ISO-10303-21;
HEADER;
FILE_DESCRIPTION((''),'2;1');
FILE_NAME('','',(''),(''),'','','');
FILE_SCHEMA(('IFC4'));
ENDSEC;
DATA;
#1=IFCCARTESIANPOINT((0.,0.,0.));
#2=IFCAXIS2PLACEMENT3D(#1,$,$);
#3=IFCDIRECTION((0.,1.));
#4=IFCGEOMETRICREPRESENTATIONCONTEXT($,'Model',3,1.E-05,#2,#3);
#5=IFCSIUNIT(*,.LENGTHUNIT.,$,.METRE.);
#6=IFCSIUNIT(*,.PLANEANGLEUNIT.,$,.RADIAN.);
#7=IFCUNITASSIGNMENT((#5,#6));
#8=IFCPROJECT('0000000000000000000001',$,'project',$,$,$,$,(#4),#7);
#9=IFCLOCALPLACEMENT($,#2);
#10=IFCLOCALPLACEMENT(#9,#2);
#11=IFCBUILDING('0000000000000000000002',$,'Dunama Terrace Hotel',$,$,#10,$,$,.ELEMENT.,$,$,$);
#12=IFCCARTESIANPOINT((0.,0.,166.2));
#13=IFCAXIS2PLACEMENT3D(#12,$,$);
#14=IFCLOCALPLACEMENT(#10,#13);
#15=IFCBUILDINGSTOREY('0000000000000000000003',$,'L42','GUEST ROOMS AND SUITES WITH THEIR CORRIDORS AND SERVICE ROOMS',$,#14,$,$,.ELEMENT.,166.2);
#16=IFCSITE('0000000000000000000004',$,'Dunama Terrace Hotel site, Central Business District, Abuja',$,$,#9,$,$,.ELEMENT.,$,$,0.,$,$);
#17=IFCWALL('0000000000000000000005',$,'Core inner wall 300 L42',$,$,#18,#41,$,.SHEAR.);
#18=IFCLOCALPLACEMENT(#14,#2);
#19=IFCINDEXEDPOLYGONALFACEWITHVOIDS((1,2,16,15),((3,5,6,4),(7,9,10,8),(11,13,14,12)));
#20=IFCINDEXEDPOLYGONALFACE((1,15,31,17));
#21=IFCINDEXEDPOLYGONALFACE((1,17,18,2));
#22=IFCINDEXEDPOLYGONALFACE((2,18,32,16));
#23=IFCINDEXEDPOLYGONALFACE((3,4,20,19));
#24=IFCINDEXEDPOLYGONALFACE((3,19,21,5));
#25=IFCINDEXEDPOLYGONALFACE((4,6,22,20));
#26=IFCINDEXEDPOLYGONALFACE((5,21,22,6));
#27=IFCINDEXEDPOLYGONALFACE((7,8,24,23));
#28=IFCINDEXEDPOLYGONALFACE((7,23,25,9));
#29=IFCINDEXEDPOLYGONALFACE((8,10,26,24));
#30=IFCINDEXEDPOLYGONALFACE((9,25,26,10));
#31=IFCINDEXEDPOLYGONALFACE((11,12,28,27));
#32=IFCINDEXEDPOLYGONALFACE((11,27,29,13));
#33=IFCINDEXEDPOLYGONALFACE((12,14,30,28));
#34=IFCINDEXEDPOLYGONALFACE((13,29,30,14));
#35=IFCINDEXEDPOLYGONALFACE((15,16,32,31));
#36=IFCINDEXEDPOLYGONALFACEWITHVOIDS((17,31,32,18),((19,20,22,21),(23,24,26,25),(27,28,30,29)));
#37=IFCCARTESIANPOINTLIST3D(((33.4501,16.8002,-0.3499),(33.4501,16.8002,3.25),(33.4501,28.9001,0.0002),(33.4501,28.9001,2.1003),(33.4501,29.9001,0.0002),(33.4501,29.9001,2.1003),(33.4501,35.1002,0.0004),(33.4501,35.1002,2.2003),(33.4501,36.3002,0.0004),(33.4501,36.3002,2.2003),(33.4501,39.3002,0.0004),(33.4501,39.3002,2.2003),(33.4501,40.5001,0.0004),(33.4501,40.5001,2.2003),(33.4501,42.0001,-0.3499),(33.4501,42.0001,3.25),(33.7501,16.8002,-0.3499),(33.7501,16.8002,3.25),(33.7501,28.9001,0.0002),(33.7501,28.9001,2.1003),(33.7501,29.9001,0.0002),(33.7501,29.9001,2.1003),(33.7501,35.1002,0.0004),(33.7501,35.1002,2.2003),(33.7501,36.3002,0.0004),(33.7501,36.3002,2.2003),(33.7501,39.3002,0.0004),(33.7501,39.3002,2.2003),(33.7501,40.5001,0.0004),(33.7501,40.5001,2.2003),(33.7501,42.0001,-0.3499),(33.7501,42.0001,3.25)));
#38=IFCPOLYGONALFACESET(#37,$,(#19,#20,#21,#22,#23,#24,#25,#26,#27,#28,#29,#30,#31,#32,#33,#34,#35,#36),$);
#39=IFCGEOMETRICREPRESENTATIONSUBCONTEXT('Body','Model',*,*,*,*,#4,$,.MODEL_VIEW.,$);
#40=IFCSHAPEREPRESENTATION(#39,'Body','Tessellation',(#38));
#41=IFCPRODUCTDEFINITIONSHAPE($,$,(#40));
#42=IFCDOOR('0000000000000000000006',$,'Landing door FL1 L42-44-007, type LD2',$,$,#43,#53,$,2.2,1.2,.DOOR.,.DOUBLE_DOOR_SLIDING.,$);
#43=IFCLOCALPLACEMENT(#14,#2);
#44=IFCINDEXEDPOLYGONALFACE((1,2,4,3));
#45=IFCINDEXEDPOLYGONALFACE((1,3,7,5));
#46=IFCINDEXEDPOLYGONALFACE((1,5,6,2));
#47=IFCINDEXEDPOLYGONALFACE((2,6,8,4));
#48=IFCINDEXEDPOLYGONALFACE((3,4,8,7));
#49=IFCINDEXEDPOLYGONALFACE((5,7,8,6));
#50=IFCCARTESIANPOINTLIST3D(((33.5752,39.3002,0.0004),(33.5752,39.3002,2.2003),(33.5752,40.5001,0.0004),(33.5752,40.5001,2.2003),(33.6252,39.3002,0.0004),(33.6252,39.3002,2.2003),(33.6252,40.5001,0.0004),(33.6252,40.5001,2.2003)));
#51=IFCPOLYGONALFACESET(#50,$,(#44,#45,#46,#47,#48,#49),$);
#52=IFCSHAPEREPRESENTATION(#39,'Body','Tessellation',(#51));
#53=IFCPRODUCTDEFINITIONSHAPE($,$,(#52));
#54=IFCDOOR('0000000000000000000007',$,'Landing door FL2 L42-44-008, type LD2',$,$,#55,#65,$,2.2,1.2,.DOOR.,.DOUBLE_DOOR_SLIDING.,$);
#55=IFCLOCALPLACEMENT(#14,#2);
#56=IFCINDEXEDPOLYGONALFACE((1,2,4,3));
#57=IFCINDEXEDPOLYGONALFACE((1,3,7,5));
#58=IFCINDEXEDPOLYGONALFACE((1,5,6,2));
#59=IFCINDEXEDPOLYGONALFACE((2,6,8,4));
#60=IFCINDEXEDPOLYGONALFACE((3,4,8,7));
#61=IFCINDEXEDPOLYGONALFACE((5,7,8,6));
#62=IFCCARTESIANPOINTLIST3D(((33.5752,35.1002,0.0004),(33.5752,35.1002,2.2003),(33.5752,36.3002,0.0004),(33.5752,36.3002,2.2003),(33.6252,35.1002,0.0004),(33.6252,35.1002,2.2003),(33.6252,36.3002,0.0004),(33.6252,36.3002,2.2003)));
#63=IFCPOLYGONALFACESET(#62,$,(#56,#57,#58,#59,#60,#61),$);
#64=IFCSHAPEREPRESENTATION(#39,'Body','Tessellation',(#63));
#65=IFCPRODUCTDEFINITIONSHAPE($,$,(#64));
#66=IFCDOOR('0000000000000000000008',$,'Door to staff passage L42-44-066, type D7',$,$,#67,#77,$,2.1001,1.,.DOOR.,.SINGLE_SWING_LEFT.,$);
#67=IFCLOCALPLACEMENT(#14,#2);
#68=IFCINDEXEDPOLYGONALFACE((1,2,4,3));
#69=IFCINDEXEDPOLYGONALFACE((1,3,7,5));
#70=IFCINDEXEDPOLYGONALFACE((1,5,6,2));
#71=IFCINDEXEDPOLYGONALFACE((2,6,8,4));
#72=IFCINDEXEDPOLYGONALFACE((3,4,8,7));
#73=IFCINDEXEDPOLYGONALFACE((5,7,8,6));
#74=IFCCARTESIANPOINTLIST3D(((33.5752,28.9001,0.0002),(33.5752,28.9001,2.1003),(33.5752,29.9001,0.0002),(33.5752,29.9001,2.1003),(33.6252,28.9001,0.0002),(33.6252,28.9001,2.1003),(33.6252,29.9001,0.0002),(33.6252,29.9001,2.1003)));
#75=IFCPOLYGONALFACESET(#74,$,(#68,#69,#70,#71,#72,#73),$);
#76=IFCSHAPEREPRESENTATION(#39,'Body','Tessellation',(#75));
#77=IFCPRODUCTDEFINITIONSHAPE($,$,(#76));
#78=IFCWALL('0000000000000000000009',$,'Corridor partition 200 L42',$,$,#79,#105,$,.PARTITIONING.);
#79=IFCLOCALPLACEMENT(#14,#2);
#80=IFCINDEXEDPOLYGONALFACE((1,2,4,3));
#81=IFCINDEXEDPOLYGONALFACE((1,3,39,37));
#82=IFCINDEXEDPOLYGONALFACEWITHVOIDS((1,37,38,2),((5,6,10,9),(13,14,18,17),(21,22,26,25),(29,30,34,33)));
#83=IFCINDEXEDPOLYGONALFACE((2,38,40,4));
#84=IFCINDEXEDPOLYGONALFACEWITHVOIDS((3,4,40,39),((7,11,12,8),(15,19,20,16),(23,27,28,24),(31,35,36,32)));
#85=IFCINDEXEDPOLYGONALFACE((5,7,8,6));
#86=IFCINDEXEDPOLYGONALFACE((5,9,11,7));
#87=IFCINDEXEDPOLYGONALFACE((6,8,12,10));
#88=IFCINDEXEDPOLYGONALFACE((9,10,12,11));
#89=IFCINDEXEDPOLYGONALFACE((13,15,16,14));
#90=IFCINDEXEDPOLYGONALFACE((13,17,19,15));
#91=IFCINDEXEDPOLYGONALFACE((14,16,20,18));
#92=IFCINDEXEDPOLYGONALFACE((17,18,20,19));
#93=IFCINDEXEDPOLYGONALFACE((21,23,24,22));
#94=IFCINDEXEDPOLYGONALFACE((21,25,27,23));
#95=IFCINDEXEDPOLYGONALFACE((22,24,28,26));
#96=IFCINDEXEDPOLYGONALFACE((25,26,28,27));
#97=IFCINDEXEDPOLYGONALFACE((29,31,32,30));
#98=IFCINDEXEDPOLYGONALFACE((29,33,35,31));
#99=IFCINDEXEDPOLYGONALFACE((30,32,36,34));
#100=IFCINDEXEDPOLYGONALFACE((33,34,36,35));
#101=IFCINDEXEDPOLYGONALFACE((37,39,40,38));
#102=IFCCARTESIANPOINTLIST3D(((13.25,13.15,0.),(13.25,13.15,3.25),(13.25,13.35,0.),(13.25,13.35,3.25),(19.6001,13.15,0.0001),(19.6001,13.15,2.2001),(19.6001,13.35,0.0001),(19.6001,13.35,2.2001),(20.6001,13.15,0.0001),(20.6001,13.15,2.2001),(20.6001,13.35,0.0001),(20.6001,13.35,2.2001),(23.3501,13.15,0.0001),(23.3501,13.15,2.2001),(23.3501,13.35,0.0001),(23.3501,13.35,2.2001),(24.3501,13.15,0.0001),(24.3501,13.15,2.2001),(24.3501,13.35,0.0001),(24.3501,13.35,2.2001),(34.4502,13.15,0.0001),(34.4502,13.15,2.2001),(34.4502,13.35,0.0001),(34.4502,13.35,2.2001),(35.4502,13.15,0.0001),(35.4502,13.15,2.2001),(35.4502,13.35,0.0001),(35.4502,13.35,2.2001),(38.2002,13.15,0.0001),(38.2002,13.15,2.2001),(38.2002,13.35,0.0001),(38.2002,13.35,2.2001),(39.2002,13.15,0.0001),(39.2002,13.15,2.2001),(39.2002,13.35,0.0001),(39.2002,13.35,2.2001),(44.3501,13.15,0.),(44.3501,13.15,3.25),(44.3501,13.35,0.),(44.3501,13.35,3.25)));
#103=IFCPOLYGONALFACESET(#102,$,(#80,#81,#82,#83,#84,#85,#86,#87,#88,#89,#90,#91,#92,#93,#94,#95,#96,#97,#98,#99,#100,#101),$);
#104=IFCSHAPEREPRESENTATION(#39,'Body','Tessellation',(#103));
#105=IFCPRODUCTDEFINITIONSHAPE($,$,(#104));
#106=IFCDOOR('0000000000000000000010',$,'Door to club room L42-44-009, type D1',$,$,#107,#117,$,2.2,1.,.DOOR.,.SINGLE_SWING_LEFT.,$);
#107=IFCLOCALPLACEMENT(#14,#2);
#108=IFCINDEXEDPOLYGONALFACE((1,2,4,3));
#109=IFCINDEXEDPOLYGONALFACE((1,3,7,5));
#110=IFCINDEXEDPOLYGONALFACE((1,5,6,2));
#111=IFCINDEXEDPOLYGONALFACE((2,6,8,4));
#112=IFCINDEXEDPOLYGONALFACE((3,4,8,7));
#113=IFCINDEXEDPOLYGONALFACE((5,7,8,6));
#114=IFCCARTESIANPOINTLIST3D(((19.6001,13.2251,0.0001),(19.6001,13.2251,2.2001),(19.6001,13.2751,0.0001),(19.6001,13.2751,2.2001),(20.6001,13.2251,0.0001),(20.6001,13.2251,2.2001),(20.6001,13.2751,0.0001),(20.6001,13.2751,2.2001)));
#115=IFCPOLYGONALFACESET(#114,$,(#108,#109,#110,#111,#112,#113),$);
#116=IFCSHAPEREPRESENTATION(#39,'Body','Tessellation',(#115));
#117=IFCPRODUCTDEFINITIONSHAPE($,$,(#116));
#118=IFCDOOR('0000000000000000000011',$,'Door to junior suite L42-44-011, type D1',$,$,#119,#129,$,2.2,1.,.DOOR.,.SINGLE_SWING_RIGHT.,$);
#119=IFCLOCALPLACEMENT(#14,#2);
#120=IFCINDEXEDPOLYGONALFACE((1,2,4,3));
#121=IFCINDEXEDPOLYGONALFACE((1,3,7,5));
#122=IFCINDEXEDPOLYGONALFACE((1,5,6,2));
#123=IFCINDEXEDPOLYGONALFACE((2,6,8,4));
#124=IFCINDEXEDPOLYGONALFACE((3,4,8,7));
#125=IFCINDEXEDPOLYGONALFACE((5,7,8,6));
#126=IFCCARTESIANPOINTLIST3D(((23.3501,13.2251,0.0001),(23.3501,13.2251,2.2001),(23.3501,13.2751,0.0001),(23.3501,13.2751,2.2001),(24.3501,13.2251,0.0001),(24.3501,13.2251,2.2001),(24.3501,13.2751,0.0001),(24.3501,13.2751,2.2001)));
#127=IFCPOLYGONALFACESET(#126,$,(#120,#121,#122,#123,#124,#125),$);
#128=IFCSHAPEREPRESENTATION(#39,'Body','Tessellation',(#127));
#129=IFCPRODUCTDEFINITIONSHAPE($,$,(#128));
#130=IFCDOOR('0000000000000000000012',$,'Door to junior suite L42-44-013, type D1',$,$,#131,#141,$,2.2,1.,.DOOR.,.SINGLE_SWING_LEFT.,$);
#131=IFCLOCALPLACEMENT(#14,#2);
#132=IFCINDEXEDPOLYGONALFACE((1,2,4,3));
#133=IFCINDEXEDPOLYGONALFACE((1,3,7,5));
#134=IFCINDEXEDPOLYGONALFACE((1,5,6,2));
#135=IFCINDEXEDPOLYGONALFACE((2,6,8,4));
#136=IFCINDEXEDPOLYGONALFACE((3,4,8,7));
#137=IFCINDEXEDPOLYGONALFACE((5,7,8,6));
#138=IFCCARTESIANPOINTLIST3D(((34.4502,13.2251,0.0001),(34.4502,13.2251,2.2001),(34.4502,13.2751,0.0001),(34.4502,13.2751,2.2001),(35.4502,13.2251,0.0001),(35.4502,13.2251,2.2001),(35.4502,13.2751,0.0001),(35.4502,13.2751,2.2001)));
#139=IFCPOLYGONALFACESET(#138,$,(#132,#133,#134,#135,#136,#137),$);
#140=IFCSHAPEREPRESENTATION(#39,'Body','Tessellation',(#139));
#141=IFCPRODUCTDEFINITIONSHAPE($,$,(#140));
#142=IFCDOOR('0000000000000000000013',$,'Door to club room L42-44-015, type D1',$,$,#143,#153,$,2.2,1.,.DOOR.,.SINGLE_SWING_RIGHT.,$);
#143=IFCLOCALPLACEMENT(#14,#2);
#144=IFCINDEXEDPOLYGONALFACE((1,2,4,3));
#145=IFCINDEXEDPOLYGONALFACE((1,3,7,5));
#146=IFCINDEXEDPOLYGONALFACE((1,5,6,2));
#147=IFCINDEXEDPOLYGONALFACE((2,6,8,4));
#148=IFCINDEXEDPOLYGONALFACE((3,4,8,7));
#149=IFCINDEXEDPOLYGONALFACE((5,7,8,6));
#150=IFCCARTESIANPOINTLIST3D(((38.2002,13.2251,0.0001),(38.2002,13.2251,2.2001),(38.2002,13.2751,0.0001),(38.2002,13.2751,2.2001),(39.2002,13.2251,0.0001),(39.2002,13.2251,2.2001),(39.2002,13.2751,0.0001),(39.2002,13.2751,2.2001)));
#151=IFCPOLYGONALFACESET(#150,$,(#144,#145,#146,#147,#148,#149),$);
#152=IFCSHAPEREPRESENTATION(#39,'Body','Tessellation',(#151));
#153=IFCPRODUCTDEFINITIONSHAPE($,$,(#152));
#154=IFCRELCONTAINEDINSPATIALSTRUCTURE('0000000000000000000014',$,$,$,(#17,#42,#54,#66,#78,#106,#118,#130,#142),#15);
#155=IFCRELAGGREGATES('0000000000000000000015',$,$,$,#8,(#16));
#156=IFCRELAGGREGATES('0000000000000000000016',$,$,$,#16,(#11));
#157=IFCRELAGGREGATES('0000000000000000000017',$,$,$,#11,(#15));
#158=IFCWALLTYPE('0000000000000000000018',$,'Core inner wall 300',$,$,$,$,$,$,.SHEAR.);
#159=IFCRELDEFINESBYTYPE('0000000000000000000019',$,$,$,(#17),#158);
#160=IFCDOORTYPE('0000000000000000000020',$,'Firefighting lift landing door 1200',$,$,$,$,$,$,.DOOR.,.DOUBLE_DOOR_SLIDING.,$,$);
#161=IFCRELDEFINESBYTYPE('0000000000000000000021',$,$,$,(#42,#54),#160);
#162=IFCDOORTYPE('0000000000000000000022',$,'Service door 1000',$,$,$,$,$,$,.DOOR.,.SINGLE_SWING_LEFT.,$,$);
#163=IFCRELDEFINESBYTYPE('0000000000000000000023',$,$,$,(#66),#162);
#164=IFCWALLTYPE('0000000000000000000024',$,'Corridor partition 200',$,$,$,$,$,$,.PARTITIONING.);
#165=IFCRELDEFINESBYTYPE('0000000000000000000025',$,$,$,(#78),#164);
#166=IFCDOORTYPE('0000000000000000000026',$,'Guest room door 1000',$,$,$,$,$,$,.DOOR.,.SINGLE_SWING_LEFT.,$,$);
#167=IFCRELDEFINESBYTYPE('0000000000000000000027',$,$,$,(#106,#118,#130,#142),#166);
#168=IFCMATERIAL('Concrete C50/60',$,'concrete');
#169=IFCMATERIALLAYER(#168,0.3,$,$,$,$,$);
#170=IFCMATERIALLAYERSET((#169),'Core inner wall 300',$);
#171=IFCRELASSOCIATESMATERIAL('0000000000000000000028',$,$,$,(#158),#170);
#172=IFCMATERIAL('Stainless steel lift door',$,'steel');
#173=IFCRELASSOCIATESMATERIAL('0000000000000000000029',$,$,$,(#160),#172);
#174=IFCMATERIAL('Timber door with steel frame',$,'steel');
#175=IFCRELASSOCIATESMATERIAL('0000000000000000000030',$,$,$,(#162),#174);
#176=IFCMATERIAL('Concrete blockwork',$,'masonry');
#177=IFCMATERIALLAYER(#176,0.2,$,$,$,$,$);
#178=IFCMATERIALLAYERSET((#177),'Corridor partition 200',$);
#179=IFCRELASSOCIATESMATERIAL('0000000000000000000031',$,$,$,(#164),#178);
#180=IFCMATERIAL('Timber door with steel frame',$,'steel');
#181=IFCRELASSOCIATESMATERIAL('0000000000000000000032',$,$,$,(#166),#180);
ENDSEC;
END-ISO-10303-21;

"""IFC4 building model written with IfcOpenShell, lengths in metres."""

from ifc_helpers import new_model, si_unit, direction, frame, frame_2d, origin, place, context, subcontext, project, spatial, rectangle, extrude, material, layer, layer_set, type_object, element, fill, save


model = new_model("IFC4")

# Units and contexts
model_context = context("Model", 3, precision=1e-05, world=origin(), true_north=direction((0.0, 1.0)))
body_context = subcontext(model_context, "Body", "Model", "MODEL_VIEW")
ifc_project = project(units=[si_unit("LENGTHUNIT", "METRE"), si_unit("PLANEANGLEUNIT", "RADIAN")], contexts=[model_context])

# Site, building, storey
site_placement = place(None, origin())
site = spatial("IfcSite", under=ifc_project, at=site_placement, Name="Dunama Terrace Hotel site, Central Business District, Abuja", CompositionType="ELEMENT", RefElevation=0.0)
building_placement = place(site_placement, origin())
building = spatial("IfcBuilding", under=site, at=building_placement, Name="Dunama Terrace Hotel", CompositionType="ELEMENT")
storey_placement = place(building_placement, frame((0.0, 0.0, 166.2)))
storey = spatial("IfcBuildingStorey", under=building, at=storey_placement, Name="L42", Description="GUEST ROOMS AND SUITES WITH THEIR CORRIDORS AND SERVICE ROOMS", CompositionType="ELEMENT", Elevation=166.2)

# Walls, openings, doors
ifc_material_1 = material(Name="Concrete C50/60", Category="concrete")
ifc_layer_1 = layer(ifc_material_1, 0.3)
ifc_layer_set_1 = layer_set([ifc_layer_1], Name="Core inner wall 300")
wall_type_1 = type_object("IfcWallType", Name="Core inner wall 300", PredefinedType="SHEAR", material=ifc_layer_set_1)
wall_1_placement = place(storey_placement, frame((33.6001, 16.8, -0.3499), z_axis=(0.0, 0.0, 1.0), x_axis=(0.0, 1.0, 0.0)))
wall_1 = element("IfcWall", 1, at=wall_1_placement, inside=storey, type_object=wall_type_1, Name="Core inner wall 300 L42", PredefinedType="SHEAR", context=body_context, shape_type="SweptSolid", body=[
    extrude(rectangle(XDim=25.2, YDim=0.3, at=frame_2d((12.6001, 0.0))), origin(), (0.0, 0.0, 1.0), 3.5999),
])
opening_1_placement = place(wall_1_placement, frame((22.5, 0.0, 0.3501)))
opening_1 = element("IfcOpeningElement", 2, at=opening_1_placement, cuts=wall_1, PredefinedType="OPENING", context=body_context, shape_type="SweptSolid", body=[
    extrude(rectangle(XDim=1.2, YDim=2.2, at=frame_2d((0.6001, 1.1001))), frame((0.0, 0.1599, 0.0), z_axis=(0.0, -1.0, 0.0), x_axis=(1.0, 0.0, 0.0)), (0.0, 0.0, 1.0), 0.3201),
])
opening_2_placement = place(wall_1_placement, frame((18.3, 0.0, 0.3501)))
opening_2 = element("IfcOpeningElement", 3, at=opening_2_placement, cuts=wall_1, PredefinedType="OPENING", context=body_context, shape_type="SweptSolid", body=[
    extrude(rectangle(XDim=1.2, YDim=2.2, at=frame_2d((0.6001, 1.1001))), frame((0.0, 0.1599, 0.0), z_axis=(0.0, -1.0, 0.0), x_axis=(1.0, 0.0, 0.0)), (0.0, 0.0, 1.0), 0.3201),
])
opening_3_placement = place(wall_1_placement, frame((12.1001, 0.0, 0.3501)))
opening_3 = element("IfcOpeningElement", 4, at=opening_3_placement, cuts=wall_1, PredefinedType="OPENING", context=body_context, shape_type="SweptSolid", body=[
    extrude(rectangle(XDim=1.0, YDim=2.1001, at=frame_2d((0.5, 1.05))), frame((0.0, 0.1599, 0.0), z_axis=(0.0, -1.0, 0.0), x_axis=(1.0, 0.0, 0.0)), (0.0, 0.0, 1.0), 0.3201),
])
ifc_material_2 = material(Name="Stainless steel lift door", Category="steel")
door_type_1 = type_object("IfcDoorType", Name="Firefighting lift landing door 1200", OperationType="DOUBLE_DOOR_SLIDING", PredefinedType="DOOR", material=ifc_material_2)
door_1_placement = place(opening_1_placement, origin())
door_1 = element("IfcDoor", 5, at=door_1_placement, inside=storey, type_object=door_type_1, Name="Landing door FL1 L42-44-007, type LD2", OperationType="DOUBLE_DOOR_SLIDING", OverallHeight=2.2, OverallWidth=1.2, PredefinedType="DOOR", context=body_context, shape_type="SweptSolid", body=[
    extrude(rectangle(XDim=1.2, YDim=2.2, at=frame_2d((0.6001, 1.1001))), frame((0.0, 0.0249, 0.0), z_axis=(0.0, -1.0, 0.0), x_axis=(1.0, 0.0, 0.0)), (0.0, 0.0, 1.0), 0.05),
])
fill(opening_1, door_1)
door_2_placement = place(opening_2_placement, origin())
door_2 = element("IfcDoor", 6, at=door_2_placement, inside=storey, type_object=door_type_1, Name="Landing door FL2 L42-44-008, type LD2", OperationType="DOUBLE_DOOR_SLIDING", OverallHeight=2.2, OverallWidth=1.2, PredefinedType="DOOR", context=body_context, shape_type="SweptSolid", body=[
    extrude(rectangle(XDim=1.2, YDim=2.2, at=frame_2d((0.6001, 1.1001))), frame((0.0, 0.0249, 0.0), z_axis=(0.0, -1.0, 0.0), x_axis=(1.0, 0.0, 0.0)), (0.0, 0.0, 1.0), 0.05),
])
fill(opening_2, door_2)
ifc_material_3 = material(Name="Timber door with steel frame", Category="steel")
door_type_2 = type_object("IfcDoorType", Name="Service door 1000", OperationType="SINGLE_SWING_LEFT", PredefinedType="DOOR", material=ifc_material_3)
door_3_placement = place(opening_3_placement, origin())
door_3 = element("IfcDoor", 7, at=door_3_placement, inside=storey, type_object=door_type_2, Name="Door to staff passage L42-44-066, type D7", OperationType="SINGLE_SWING_LEFT", OverallHeight=2.1001, OverallWidth=1.0, PredefinedType="DOOR", context=body_context, shape_type="SweptSolid", body=[
    extrude(rectangle(XDim=1.0, YDim=2.1001, at=frame_2d((0.5, 1.05))), frame((0.0, 0.0249, 0.0), z_axis=(0.0, -1.0, 0.0), x_axis=(1.0, 0.0, 0.0)), (0.0, 0.0, 1.0), 0.05),
])
fill(opening_3, door_3)
ifc_material_4 = material(Name="Concrete blockwork", Category="masonry")
ifc_layer_2 = layer(ifc_material_4, 0.2)
ifc_layer_set_2 = layer_set([ifc_layer_2], Name="Corridor partition 200")
wall_type_2 = type_object("IfcWallType", Name="Corridor partition 200", PredefinedType="PARTITIONING", material=ifc_layer_set_2)
wall_2_placement = place(storey_placement, frame((44.3501, 13.25, 0.0), z_axis=(0.0, 0.0, 1.0), x_axis=(-1.0, 0.0, 0.0)))
wall_2 = element("IfcWall", 8, at=wall_2_placement, inside=storey, type_object=wall_type_2, Name="Corridor partition 200 L42", PredefinedType="PARTITIONING", context=body_context, shape_type="SweptSolid", body=[
    extrude(rectangle(XDim=31.1001, YDim=0.2, at=frame_2d((15.55, 0.0))), origin(), (0.0, 0.0, 1.0), 3.25),
])
opening_4_placement = place(wall_2_placement, frame((23.75, 0.0, 0.0)))
opening_4 = element("IfcOpeningElement", 9, at=opening_4_placement, cuts=wall_2, PredefinedType="OPENING", context=body_context, shape_type="SweptSolid", body=[
    extrude(rectangle(XDim=1.0, YDim=2.2, at=frame_2d((0.5, 1.1001))), frame((0.0, 0.1099, 0.0), z_axis=(0.0, -1.0, 0.0), x_axis=(1.0, 0.0, 0.0)), (0.0, 0.0, 1.0), 0.22),
])
opening_5_placement = place(wall_2_placement, frame((20.0, 0.0, 0.0)))
opening_5 = element("IfcOpeningElement", 10, at=opening_5_placement, cuts=wall_2, PredefinedType="OPENING", context=body_context, shape_type="SweptSolid", body=[
    extrude(rectangle(XDim=1.0, YDim=2.2, at=frame_2d((0.5, 1.1001))), frame((0.0, 0.1099, 0.0), z_axis=(0.0, -1.0, 0.0), x_axis=(1.0, 0.0, 0.0)), (0.0, 0.0, 1.0), 0.22),
])
opening_6_placement = place(wall_2_placement, frame((8.8999, 0.0, 0.0)))
opening_6 = element("IfcOpeningElement", 11, at=opening_6_placement, cuts=wall_2, PredefinedType="OPENING", context=body_context, shape_type="SweptSolid", body=[
    extrude(rectangle(XDim=1.0, YDim=2.2, at=frame_2d((0.5, 1.1001))), frame((0.0, 0.1099, 0.0), z_axis=(0.0, -1.0, 0.0), x_axis=(1.0, 0.0, 0.0)), (0.0, 0.0, 1.0), 0.22),
])
opening_7_placement = place(wall_2_placement, frame((5.1499, 0.0, 0.0)))
opening_7 = element("IfcOpeningElement", 12, at=opening_7_placement, cuts=wall_2, PredefinedType="OPENING", context=body_context, shape_type="SweptSolid", body=[
    extrude(rectangle(XDim=1.0, YDim=2.2, at=frame_2d((0.5, 1.1001))), frame((0.0, 0.1099, 0.0), z_axis=(0.0, -1.0, 0.0), x_axis=(1.0, 0.0, 0.0)), (0.0, 0.0, 1.0), 0.22),
])
ifc_material_5 = material(Name="Timber door with steel frame", Category="steel")
door_type_3 = type_object("IfcDoorType", Name="Guest room door 1000", OperationType="SINGLE_SWING_LEFT", PredefinedType="DOOR", material=ifc_material_5)
door_4_placement = place(opening_4_placement, origin())
door_4 = element("IfcDoor", 13, at=door_4_placement, inside=storey, type_object=door_type_3, Name="Door to club room L42-44-009, type D1", OperationType="SINGLE_SWING_LEFT", OverallHeight=2.2, OverallWidth=1.0, PredefinedType="DOOR", context=body_context, shape_type="SweptSolid", body=[
    extrude(rectangle(XDim=1.0, YDim=2.2, at=frame_2d((0.5, 1.1001))), frame((0.0, 0.0249, 0.0), z_axis=(0.0, -1.0, 0.0), x_axis=(1.0, 0.0, 0.0)), (0.0, 0.0, 1.0), 0.05),
])
fill(opening_4, door_4)
door_5_placement = place(opening_5_placement, origin())
door_5 = element("IfcDoor", 14, at=door_5_placement, inside=storey, type_object=door_type_3, Name="Door to junior suite L42-44-011, type D1", OperationType="SINGLE_SWING_RIGHT", OverallHeight=2.2, OverallWidth=1.0, PredefinedType="DOOR", context=body_context, shape_type="SweptSolid", body=[
    extrude(rectangle(XDim=1.0, YDim=2.2, at=frame_2d((0.5, 1.1001))), frame((0.0, 0.0249, 0.0), z_axis=(0.0, -1.0, 0.0), x_axis=(1.0, 0.0, 0.0)), (0.0, 0.0, 1.0), 0.05),
])
fill(opening_5, door_5)
door_6_placement = place(opening_6_placement, origin())
door_6 = element("IfcDoor", 15, at=door_6_placement, inside=storey, type_object=door_type_3, Name="Door to junior suite L42-44-013, type D1", OperationType="SINGLE_SWING_LEFT", OverallHeight=2.2, OverallWidth=1.0, PredefinedType="DOOR", context=body_context, shape_type="SweptSolid", body=[
    extrude(rectangle(XDim=1.0, YDim=2.2, at=frame_2d((0.5, 1.1001))), frame((0.0, 0.0249, 0.0), z_axis=(0.0, -1.0, 0.0), x_axis=(1.0, 0.0, 0.0)), (0.0, 0.0, 1.0), 0.05),
])
fill(opening_6, door_6)
door_7_placement = place(opening_7_placement, origin())
door_7 = element("IfcDoor", 16, at=door_7_placement, inside=storey, type_object=door_type_3, Name="Door to club room L42-44-015, type D1", OperationType="SINGLE_SWING_RIGHT", OverallHeight=2.2, OverallWidth=1.0, PredefinedType="DOOR", context=body_context, shape_type="SweptSolid", body=[
    extrude(rectangle(XDim=1.0, YDim=2.2, at=frame_2d((0.5, 1.1001))), frame((0.0, 0.0249, 0.0), z_axis=(0.0, -1.0, 0.0), x_axis=(1.0, 0.0, 0.0)), (0.0, 0.0, 1.0), 0.05),
])
fill(opening_7, door_7)

save(model, "model.ifc")
